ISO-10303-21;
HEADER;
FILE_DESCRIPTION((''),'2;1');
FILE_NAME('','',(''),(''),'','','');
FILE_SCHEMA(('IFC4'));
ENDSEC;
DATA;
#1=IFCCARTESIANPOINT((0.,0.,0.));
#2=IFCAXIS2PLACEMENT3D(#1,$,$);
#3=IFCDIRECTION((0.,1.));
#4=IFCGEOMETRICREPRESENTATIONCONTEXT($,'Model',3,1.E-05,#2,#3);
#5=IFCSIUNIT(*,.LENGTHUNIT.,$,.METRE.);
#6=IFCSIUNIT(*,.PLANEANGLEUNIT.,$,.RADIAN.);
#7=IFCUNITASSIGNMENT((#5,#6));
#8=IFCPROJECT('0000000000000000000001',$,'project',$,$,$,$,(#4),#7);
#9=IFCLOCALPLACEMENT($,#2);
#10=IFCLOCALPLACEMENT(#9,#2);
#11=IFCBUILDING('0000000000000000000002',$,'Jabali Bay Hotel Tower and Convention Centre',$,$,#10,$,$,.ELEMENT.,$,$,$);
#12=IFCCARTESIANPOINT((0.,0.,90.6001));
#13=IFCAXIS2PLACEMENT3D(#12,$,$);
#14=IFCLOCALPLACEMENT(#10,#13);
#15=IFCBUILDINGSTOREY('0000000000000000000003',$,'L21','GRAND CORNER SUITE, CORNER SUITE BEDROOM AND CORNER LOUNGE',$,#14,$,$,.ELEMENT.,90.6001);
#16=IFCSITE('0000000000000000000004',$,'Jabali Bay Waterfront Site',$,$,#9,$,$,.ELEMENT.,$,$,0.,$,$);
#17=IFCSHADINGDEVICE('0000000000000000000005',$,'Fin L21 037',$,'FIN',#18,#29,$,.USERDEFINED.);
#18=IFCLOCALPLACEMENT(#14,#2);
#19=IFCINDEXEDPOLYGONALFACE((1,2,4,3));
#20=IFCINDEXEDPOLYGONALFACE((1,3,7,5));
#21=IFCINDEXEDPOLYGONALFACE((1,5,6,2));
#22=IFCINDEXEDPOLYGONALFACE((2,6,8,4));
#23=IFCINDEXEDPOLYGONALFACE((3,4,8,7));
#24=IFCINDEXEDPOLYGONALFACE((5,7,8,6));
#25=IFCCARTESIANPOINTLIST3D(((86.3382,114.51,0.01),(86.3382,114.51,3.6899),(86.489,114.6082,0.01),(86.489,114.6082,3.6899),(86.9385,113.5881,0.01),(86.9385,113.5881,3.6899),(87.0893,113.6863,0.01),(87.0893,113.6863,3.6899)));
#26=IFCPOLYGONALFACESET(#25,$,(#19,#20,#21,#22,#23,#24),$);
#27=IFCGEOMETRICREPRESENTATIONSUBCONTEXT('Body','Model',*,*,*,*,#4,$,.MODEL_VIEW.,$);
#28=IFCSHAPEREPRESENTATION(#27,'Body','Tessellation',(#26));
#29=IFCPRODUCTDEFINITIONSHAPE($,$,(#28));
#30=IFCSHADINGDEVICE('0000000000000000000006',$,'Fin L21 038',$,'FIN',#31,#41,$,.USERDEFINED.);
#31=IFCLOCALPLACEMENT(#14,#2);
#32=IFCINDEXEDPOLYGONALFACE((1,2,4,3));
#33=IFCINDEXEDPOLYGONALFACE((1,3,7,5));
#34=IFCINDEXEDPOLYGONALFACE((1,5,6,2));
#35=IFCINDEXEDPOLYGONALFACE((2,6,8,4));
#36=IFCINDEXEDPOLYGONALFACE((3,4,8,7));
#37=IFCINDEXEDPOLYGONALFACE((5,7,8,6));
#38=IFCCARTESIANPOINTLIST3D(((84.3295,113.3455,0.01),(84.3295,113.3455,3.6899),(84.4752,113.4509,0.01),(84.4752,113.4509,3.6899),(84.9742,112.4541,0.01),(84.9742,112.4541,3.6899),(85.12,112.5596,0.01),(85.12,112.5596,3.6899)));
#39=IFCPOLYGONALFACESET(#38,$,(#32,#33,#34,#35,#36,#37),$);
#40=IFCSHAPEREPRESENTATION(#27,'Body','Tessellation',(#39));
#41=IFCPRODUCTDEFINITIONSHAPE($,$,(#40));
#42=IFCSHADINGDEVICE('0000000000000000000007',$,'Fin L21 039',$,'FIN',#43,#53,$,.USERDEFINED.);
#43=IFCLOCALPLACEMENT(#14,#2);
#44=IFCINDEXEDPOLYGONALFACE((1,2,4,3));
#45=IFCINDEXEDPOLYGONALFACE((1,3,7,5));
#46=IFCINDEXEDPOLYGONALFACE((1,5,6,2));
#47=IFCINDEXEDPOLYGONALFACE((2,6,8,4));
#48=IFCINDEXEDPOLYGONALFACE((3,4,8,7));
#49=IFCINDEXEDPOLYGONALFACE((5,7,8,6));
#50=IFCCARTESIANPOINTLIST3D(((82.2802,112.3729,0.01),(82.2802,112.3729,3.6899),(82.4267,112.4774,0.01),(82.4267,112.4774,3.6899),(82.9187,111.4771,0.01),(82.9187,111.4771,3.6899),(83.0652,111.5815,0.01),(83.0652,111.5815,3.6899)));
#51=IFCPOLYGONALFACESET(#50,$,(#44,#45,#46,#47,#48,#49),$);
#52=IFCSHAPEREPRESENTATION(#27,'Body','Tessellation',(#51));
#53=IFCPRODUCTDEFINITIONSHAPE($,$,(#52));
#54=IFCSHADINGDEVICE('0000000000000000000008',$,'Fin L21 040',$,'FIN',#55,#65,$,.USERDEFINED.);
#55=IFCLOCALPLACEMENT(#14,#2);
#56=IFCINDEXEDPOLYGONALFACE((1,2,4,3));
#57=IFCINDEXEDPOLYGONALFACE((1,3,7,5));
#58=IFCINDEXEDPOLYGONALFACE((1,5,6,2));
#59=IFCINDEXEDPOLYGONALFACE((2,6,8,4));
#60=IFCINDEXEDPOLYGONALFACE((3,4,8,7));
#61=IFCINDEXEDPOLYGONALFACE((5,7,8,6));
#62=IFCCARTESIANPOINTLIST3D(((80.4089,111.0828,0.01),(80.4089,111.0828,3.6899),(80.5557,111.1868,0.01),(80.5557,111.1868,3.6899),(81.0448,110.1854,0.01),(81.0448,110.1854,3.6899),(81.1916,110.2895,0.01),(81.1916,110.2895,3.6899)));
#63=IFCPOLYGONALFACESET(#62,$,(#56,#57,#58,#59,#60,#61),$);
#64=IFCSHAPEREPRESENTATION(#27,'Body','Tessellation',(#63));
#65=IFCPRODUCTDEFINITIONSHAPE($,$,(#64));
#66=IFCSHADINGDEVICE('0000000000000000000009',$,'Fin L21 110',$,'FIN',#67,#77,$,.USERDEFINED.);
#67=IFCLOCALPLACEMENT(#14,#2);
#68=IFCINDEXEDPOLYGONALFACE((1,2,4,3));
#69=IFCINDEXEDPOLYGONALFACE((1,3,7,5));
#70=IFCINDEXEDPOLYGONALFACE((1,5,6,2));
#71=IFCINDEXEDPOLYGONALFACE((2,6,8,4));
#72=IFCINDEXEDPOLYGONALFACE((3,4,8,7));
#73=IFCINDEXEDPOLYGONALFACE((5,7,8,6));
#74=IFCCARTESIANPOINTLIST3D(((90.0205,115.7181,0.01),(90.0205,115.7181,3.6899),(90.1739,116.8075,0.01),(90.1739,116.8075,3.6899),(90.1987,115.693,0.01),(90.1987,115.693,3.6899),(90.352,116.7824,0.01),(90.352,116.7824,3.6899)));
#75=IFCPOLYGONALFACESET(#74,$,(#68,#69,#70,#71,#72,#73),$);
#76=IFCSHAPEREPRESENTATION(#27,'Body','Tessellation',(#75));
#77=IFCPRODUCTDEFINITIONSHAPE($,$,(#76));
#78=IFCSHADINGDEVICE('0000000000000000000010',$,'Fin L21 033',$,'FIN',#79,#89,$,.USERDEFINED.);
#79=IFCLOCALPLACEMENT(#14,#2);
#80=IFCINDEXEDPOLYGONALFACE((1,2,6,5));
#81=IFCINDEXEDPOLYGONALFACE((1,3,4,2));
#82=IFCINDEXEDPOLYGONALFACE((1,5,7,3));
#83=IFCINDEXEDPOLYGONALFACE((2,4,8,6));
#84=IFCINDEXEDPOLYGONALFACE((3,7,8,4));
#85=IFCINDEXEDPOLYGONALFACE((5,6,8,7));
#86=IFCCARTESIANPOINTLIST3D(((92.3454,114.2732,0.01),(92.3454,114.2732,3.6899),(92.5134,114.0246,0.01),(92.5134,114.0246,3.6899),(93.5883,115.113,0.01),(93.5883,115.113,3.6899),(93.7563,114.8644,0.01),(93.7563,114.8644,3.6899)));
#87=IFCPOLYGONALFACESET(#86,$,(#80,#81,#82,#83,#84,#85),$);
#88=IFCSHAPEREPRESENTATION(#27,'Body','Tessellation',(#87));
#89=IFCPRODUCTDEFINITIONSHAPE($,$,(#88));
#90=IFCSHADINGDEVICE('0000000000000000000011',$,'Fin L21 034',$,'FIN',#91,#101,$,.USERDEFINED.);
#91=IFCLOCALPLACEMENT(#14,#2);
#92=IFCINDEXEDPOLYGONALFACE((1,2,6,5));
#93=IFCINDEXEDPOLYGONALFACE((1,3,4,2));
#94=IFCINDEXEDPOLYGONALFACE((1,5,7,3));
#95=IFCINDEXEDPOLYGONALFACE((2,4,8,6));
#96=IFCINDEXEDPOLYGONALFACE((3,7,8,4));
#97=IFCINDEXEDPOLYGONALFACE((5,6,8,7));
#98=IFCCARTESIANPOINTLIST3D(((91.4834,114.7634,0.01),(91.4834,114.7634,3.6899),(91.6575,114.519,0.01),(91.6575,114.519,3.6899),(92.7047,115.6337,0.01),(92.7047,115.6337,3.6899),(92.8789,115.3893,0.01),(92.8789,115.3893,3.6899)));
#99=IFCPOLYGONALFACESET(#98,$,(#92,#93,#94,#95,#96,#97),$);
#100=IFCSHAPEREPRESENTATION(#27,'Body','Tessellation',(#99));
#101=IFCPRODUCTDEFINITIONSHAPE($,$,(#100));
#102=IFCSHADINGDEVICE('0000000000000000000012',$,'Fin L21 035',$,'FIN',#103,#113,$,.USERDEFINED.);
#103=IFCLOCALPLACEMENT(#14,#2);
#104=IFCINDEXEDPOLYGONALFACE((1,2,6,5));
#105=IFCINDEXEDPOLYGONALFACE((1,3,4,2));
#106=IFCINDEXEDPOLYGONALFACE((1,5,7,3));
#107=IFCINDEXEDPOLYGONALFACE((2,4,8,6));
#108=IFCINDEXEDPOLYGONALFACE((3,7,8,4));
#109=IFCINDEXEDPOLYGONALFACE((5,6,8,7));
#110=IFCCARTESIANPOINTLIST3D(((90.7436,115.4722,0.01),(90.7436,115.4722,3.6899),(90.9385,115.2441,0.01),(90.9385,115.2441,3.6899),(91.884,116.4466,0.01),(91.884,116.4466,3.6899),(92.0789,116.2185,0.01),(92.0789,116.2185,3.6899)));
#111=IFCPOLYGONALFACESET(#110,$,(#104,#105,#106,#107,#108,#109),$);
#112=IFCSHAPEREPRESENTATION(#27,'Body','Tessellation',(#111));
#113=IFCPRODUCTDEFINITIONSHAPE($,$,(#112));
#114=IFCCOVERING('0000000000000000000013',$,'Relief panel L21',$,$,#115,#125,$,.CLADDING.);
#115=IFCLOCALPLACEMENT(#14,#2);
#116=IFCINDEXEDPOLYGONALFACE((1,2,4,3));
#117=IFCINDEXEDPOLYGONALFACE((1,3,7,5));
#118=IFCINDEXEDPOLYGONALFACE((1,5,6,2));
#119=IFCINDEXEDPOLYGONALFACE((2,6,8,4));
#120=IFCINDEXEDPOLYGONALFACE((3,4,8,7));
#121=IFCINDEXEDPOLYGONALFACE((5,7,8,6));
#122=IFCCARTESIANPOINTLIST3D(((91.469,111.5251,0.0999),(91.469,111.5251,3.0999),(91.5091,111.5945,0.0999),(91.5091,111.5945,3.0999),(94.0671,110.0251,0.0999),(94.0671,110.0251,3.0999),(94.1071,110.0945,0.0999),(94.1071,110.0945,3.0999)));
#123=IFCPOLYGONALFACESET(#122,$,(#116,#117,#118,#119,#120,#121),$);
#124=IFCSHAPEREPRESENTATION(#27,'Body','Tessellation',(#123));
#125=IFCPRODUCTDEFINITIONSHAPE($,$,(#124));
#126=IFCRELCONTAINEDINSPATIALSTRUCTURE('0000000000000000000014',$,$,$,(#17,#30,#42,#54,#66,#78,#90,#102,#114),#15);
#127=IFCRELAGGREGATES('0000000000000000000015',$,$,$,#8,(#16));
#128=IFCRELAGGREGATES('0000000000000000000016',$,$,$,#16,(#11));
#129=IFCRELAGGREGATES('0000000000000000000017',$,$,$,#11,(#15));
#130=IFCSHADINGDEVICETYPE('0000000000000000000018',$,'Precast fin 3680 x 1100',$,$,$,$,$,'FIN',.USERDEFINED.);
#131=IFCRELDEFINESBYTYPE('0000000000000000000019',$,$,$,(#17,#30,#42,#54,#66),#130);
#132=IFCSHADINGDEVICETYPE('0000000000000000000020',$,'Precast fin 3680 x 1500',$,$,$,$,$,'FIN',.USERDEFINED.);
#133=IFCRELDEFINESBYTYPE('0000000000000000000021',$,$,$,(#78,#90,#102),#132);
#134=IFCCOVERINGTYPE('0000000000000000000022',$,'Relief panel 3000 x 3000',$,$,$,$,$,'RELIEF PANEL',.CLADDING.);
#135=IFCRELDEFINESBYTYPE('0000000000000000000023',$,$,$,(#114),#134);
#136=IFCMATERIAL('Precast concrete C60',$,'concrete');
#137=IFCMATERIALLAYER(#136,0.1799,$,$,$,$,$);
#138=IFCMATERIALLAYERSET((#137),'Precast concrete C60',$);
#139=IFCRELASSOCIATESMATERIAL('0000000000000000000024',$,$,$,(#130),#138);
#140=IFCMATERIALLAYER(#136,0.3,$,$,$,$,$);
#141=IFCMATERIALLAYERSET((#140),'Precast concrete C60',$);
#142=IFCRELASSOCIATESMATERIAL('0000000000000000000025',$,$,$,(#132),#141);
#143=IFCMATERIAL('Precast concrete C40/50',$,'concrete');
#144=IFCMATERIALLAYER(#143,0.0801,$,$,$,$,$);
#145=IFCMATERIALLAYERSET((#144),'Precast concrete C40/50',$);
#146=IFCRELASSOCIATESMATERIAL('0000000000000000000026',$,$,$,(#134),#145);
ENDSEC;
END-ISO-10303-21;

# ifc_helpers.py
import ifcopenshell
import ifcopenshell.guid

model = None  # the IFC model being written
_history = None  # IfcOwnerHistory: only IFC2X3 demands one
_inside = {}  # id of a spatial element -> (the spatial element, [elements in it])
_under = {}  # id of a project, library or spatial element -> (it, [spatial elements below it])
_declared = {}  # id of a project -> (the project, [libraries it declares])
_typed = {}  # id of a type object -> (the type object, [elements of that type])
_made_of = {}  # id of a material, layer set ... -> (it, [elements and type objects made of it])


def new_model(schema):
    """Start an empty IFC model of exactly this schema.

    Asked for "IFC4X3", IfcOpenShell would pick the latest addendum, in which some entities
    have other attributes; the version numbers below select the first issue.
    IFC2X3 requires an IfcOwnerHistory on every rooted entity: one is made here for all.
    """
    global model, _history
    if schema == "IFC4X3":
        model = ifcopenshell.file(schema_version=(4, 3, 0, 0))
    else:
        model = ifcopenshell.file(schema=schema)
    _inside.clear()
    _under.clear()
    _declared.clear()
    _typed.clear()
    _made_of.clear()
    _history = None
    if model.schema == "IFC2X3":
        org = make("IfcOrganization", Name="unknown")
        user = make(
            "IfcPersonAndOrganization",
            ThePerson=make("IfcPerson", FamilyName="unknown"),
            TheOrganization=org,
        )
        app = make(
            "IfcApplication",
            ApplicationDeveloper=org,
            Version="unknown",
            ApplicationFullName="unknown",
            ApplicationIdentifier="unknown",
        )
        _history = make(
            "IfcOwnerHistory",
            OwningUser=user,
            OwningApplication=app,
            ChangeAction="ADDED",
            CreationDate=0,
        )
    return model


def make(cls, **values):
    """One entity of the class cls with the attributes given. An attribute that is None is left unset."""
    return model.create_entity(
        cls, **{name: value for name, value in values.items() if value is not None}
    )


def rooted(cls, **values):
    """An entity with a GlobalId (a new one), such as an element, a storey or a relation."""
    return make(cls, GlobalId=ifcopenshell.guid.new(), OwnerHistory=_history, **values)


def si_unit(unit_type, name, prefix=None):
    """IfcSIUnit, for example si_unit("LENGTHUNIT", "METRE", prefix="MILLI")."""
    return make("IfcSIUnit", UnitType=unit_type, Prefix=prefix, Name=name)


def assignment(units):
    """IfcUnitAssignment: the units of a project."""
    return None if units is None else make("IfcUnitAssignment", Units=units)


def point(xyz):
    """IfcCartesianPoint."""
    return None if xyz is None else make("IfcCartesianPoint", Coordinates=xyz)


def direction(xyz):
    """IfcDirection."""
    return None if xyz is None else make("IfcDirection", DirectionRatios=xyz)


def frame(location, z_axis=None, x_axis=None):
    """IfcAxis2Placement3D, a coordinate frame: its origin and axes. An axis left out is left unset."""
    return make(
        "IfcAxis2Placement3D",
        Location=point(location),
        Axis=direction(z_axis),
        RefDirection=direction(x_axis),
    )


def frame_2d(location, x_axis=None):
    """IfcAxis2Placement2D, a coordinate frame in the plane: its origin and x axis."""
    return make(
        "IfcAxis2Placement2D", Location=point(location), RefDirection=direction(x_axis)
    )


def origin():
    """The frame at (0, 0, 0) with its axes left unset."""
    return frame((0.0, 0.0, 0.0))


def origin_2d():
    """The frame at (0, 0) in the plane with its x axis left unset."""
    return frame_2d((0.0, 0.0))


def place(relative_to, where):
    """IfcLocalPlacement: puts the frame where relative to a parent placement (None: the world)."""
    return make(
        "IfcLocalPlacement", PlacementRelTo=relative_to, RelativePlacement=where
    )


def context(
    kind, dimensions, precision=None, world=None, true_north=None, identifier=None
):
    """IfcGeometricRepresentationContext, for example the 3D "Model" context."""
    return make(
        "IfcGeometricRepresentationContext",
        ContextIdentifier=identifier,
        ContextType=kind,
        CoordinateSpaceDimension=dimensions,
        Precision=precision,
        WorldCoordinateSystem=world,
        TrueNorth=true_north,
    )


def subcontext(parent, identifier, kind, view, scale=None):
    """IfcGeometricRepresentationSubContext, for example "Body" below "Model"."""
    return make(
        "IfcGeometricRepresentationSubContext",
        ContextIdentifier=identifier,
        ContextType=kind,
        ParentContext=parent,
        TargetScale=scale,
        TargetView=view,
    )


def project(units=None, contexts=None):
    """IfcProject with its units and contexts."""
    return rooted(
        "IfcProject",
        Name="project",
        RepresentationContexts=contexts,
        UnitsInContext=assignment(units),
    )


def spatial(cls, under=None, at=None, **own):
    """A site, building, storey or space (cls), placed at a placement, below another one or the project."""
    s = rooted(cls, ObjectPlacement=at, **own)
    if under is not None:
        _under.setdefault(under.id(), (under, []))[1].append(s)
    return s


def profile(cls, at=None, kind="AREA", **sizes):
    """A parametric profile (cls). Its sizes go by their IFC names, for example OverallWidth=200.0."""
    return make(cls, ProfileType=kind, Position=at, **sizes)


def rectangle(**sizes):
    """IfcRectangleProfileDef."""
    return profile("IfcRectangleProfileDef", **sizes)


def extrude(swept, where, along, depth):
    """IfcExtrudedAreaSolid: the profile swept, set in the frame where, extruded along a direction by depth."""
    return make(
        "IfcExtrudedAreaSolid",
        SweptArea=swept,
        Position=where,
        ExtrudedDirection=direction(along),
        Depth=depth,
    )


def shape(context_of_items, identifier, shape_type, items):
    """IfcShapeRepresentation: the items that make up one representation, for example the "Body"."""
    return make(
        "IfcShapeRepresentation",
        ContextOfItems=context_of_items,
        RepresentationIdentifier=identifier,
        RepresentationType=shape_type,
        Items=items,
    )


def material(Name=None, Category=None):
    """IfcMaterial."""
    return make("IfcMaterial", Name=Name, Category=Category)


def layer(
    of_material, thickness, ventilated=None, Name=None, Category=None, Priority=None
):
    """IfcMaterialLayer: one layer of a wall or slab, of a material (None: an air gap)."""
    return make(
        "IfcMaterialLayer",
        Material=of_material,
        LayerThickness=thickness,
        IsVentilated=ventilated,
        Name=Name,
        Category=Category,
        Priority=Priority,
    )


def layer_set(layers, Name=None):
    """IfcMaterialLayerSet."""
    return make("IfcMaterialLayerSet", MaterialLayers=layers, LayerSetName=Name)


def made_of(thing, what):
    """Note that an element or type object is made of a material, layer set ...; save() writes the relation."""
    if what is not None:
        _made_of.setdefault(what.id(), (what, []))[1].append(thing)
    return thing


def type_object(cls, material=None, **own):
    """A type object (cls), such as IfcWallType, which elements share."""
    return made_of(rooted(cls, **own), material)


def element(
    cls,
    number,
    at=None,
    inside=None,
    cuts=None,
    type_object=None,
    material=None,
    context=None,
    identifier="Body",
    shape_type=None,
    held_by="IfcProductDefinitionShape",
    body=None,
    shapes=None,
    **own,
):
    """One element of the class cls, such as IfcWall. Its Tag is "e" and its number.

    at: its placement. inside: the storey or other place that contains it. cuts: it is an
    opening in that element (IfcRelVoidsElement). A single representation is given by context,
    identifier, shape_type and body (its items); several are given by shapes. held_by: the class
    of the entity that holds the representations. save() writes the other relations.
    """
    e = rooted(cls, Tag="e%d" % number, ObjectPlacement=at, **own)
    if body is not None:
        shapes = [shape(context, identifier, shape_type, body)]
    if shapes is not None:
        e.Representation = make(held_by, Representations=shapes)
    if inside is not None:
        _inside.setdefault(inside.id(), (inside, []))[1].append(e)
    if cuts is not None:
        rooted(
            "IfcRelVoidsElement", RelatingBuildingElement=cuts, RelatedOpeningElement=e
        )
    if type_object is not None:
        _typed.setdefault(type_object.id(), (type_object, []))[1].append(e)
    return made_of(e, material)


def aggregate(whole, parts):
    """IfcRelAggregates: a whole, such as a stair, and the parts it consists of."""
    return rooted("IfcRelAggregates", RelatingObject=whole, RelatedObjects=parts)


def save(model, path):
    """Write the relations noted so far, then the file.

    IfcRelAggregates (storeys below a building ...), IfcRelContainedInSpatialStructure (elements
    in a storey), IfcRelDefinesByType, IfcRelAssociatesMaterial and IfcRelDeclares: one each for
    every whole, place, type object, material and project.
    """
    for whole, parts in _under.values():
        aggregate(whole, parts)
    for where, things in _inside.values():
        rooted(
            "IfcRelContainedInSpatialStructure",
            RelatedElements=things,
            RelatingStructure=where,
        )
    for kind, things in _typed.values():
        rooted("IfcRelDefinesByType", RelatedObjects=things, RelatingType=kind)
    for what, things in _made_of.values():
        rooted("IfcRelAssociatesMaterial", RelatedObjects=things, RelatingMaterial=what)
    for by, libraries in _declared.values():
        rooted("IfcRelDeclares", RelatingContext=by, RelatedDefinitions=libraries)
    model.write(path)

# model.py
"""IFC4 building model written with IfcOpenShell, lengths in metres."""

from ifc_helpers import new_model, si_unit, direction, frame, frame_2d, origin, origin_2d, place, context, subcontext, project, spatial, rectangle, extrude, material, layer, layer_set, type_object, element, save


model = new_model("IFC4")

# Units and contexts
model_context = context("Model", 3, precision=1e-05, world=origin(), true_north=direction((0.0, 1.0)))
body_context = subcontext(model_context, "Body", "Model", "MODEL_VIEW")
ifc_project = project(units=[si_unit("LENGTHUNIT", "METRE"), si_unit("PLANEANGLEUNIT", "RADIAN")], contexts=[model_context])

# Site, building, storey
site_placement = place(None, origin())
site = spatial("IfcSite", under=ifc_project, at=site_placement, Name="Jabali Bay Waterfront Site", CompositionType="ELEMENT", RefElevation=0.0)
building_placement = place(site_placement, origin())
building = spatial("IfcBuilding", under=site, at=building_placement, Name="Jabali Bay Hotel Tower and Convention Centre", CompositionType="ELEMENT")
storey_placement = place(building_placement, frame((0.0, 0.0, 90.6001)))
storey = spatial("IfcBuildingStorey", under=building, at=storey_placement, Name="L21", Description="GRAND CORNER SUITE, CORNER SUITE BEDROOM AND CORNER LOUNGE", CompositionType="ELEMENT", Elevation=90.6001)

# Shading devices
ifc_material_1 = material(Name="Precast concrete C60", Category="concrete")
ifc_layer_1 = layer(ifc_material_1, 0.1799)
ifc_layer_set_1 = layer_set([ifc_layer_1], Name="Precast concrete C60")
shading_device_type_1 = type_object("IfcShadingDeviceType", Name="Precast fin 3680 x 1100", ElementType="FIN", PredefinedType="USERDEFINED", material=ifc_layer_set_1)
for number, where, z_axis, x_axis, name in (
    (1, (87.0139, 113.6372, 0.01), (0.0, 0.0, 1.0), (-0.545706, 0.837977, 0.0), "Fin L21 037"),
    (2, (85.0471, 112.5068, 0.01), (0.0, 0.0, 1.0), (-0.586098, 0.81024, 0.0), "Fin L21 038"),
    (3, (82.9919, 111.5293, 0.01), (0.0, 0.0, 1.0), (-0.580398, 0.814333, 0.0), "Fin L21 039"),
):
    element("IfcShadingDevice", number, at=place(storey_placement, frame(where, z_axis=z_axis, x_axis=x_axis)), inside=storey, type_object=shading_device_type_1, Name=name, ObjectType="FIN", PredefinedType="USERDEFINED", context=body_context, shape_type="SweptSolid", body=[
        extrude(rectangle(XDim=1.1001, YDim=0.1799, at=frame_2d((0.55, 0.0))), origin(), (0.0, 0.0, 1.0), 3.6799),
    ])
shading_device_1_placement = place(storey_placement, frame((81.1182, 110.2375, 0.01), z_axis=(0.0, 0.0, 1.0), x_axis=(-0.57819, 0.815902, 0.0)))
element("IfcShadingDevice", 4, at=shading_device_1_placement, inside=storey, type_object=shading_device_type_1, Name="Fin L21 040", ObjectType="FIN", PredefinedType="USERDEFINED", context=body_context, shape_type="SweptSolid", body=[
    extrude(rectangle(XDim=1.0999, YDim=0.1799, at=frame_2d((0.5498, 0.0))), origin(), (0.0, 0.0, 1.0), 3.6799),
])
shading_device_2_placement = place(storey_placement, frame((90.1096, 115.7056, 0.01), z_axis=(0.0, 0.0, 1.0), x_axis=(0.13937, 0.99024, 0.0)))
element("IfcShadingDevice", 5, at=shading_device_2_placement, inside=storey, type_object=shading_device_type_1, Name="Fin L21 110", ObjectType="FIN", PredefinedType="USERDEFINED", context=body_context, shape_type="SweptSolid", body=[
    extrude(rectangle(XDim=1.1001, YDim=0.1799, at=frame_2d((0.55, 0.0))), origin(), (0.0, 0.0, 1.0), 3.6799),
])
ifc_layer_2 = layer(ifc_material_1, 0.3)
ifc_layer_set_2 = layer_set([ifc_layer_2], Name="Precast concrete C60")
shading_device_type_2 = type_object("IfcShadingDeviceType", Name="Precast fin 3680 x 1500", ElementType="FIN", PredefinedType="USERDEFINED", material=ifc_layer_set_2)
shading_device_3_placement = place(storey_placement, frame((92.4294, 114.1489, 0.01), z_axis=(0.0, 0.0, 1.0), x_axis=(0.828579, 0.559873, 0.0)))
element("IfcShadingDevice", 6, at=shading_device_3_placement, inside=storey, type_object=shading_device_type_2, Name="Fin L21 033", ObjectType="FIN", PredefinedType="USERDEFINED", context=body_context, shape_type="SweptSolid", body=[
    extrude(rectangle(XDim=1.5, YDim=0.3, at=frame_2d((0.75, 0.0))), origin(), (0.0, 0.0, 1.0), 3.6799),
])
shading_device_4_placement = place(storey_placement, frame((91.5703, 114.6411, 0.01), z_axis=(0.0, 0.0, 1.0), x_axis=(0.814393, 0.580314, 0.0)))
element("IfcShadingDevice", 7, at=shading_device_4_placement, inside=storey, type_object=shading_device_type_2, Name="Fin L21 034", ObjectType="FIN", PredefinedType="USERDEFINED", context=body_context, shape_type="SweptSolid", body=[
    extrude(rectangle(XDim=1.4998, YDim=0.3, at=frame_2d((0.75, 0.0))), origin(), (0.0, 0.0, 1.0), 3.6799),
])
shading_device_5_placement = place(storey_placement, frame((90.8411, 115.3582, 0.01), z_axis=(0.0, 0.0, 1.0), x_axis=(0.760278, 0.649598, 0.0)))
element("IfcShadingDevice", 8, at=shading_device_5_placement, inside=storey, type_object=shading_device_type_2, Name="Fin L21 035", ObjectType="FIN", PredefinedType="USERDEFINED", context=body_context, shape_type="SweptSolid", body=[
    extrude(rectangle(XDim=1.5, YDim=0.3, at=frame_2d((0.75, 0.0))), origin(), (0.0, 0.0, 1.0), 3.6799),
])

# Covering
ifc_material_2 = material(Name="Precast concrete C40/50", Category="concrete")
ifc_layer_3 = layer(ifc_material_2, 0.0801)
ifc_layer_set_3 = layer_set([ifc_layer_3], Name="Precast concrete C40/50")
covering_type = type_object("IfcCoveringType", Name="Relief panel 3000 x 3000", ElementType="RELIEF PANEL", PredefinedType="CLADDING", material=ifc_layer_set_3)
covering_placement = place(storey_placement, frame((92.7881, 110.8098, 0.0999), z_axis=(0.0, 0.0, 1.0), x_axis=(0.866025, -0.5, 0.0)))
element("IfcCovering", 9, at=covering_placement, inside=storey, type_object=covering_type, Name="Relief panel L21", PredefinedType="CLADDING", context=body_context, shape_type="SweptSolid", body=[
    extrude(rectangle(XDim=3.0, YDim=0.0801, at=origin_2d()), origin(), (0.0, 0.0, 1.0), 3.0),
])

save(model, "model.ifc")
